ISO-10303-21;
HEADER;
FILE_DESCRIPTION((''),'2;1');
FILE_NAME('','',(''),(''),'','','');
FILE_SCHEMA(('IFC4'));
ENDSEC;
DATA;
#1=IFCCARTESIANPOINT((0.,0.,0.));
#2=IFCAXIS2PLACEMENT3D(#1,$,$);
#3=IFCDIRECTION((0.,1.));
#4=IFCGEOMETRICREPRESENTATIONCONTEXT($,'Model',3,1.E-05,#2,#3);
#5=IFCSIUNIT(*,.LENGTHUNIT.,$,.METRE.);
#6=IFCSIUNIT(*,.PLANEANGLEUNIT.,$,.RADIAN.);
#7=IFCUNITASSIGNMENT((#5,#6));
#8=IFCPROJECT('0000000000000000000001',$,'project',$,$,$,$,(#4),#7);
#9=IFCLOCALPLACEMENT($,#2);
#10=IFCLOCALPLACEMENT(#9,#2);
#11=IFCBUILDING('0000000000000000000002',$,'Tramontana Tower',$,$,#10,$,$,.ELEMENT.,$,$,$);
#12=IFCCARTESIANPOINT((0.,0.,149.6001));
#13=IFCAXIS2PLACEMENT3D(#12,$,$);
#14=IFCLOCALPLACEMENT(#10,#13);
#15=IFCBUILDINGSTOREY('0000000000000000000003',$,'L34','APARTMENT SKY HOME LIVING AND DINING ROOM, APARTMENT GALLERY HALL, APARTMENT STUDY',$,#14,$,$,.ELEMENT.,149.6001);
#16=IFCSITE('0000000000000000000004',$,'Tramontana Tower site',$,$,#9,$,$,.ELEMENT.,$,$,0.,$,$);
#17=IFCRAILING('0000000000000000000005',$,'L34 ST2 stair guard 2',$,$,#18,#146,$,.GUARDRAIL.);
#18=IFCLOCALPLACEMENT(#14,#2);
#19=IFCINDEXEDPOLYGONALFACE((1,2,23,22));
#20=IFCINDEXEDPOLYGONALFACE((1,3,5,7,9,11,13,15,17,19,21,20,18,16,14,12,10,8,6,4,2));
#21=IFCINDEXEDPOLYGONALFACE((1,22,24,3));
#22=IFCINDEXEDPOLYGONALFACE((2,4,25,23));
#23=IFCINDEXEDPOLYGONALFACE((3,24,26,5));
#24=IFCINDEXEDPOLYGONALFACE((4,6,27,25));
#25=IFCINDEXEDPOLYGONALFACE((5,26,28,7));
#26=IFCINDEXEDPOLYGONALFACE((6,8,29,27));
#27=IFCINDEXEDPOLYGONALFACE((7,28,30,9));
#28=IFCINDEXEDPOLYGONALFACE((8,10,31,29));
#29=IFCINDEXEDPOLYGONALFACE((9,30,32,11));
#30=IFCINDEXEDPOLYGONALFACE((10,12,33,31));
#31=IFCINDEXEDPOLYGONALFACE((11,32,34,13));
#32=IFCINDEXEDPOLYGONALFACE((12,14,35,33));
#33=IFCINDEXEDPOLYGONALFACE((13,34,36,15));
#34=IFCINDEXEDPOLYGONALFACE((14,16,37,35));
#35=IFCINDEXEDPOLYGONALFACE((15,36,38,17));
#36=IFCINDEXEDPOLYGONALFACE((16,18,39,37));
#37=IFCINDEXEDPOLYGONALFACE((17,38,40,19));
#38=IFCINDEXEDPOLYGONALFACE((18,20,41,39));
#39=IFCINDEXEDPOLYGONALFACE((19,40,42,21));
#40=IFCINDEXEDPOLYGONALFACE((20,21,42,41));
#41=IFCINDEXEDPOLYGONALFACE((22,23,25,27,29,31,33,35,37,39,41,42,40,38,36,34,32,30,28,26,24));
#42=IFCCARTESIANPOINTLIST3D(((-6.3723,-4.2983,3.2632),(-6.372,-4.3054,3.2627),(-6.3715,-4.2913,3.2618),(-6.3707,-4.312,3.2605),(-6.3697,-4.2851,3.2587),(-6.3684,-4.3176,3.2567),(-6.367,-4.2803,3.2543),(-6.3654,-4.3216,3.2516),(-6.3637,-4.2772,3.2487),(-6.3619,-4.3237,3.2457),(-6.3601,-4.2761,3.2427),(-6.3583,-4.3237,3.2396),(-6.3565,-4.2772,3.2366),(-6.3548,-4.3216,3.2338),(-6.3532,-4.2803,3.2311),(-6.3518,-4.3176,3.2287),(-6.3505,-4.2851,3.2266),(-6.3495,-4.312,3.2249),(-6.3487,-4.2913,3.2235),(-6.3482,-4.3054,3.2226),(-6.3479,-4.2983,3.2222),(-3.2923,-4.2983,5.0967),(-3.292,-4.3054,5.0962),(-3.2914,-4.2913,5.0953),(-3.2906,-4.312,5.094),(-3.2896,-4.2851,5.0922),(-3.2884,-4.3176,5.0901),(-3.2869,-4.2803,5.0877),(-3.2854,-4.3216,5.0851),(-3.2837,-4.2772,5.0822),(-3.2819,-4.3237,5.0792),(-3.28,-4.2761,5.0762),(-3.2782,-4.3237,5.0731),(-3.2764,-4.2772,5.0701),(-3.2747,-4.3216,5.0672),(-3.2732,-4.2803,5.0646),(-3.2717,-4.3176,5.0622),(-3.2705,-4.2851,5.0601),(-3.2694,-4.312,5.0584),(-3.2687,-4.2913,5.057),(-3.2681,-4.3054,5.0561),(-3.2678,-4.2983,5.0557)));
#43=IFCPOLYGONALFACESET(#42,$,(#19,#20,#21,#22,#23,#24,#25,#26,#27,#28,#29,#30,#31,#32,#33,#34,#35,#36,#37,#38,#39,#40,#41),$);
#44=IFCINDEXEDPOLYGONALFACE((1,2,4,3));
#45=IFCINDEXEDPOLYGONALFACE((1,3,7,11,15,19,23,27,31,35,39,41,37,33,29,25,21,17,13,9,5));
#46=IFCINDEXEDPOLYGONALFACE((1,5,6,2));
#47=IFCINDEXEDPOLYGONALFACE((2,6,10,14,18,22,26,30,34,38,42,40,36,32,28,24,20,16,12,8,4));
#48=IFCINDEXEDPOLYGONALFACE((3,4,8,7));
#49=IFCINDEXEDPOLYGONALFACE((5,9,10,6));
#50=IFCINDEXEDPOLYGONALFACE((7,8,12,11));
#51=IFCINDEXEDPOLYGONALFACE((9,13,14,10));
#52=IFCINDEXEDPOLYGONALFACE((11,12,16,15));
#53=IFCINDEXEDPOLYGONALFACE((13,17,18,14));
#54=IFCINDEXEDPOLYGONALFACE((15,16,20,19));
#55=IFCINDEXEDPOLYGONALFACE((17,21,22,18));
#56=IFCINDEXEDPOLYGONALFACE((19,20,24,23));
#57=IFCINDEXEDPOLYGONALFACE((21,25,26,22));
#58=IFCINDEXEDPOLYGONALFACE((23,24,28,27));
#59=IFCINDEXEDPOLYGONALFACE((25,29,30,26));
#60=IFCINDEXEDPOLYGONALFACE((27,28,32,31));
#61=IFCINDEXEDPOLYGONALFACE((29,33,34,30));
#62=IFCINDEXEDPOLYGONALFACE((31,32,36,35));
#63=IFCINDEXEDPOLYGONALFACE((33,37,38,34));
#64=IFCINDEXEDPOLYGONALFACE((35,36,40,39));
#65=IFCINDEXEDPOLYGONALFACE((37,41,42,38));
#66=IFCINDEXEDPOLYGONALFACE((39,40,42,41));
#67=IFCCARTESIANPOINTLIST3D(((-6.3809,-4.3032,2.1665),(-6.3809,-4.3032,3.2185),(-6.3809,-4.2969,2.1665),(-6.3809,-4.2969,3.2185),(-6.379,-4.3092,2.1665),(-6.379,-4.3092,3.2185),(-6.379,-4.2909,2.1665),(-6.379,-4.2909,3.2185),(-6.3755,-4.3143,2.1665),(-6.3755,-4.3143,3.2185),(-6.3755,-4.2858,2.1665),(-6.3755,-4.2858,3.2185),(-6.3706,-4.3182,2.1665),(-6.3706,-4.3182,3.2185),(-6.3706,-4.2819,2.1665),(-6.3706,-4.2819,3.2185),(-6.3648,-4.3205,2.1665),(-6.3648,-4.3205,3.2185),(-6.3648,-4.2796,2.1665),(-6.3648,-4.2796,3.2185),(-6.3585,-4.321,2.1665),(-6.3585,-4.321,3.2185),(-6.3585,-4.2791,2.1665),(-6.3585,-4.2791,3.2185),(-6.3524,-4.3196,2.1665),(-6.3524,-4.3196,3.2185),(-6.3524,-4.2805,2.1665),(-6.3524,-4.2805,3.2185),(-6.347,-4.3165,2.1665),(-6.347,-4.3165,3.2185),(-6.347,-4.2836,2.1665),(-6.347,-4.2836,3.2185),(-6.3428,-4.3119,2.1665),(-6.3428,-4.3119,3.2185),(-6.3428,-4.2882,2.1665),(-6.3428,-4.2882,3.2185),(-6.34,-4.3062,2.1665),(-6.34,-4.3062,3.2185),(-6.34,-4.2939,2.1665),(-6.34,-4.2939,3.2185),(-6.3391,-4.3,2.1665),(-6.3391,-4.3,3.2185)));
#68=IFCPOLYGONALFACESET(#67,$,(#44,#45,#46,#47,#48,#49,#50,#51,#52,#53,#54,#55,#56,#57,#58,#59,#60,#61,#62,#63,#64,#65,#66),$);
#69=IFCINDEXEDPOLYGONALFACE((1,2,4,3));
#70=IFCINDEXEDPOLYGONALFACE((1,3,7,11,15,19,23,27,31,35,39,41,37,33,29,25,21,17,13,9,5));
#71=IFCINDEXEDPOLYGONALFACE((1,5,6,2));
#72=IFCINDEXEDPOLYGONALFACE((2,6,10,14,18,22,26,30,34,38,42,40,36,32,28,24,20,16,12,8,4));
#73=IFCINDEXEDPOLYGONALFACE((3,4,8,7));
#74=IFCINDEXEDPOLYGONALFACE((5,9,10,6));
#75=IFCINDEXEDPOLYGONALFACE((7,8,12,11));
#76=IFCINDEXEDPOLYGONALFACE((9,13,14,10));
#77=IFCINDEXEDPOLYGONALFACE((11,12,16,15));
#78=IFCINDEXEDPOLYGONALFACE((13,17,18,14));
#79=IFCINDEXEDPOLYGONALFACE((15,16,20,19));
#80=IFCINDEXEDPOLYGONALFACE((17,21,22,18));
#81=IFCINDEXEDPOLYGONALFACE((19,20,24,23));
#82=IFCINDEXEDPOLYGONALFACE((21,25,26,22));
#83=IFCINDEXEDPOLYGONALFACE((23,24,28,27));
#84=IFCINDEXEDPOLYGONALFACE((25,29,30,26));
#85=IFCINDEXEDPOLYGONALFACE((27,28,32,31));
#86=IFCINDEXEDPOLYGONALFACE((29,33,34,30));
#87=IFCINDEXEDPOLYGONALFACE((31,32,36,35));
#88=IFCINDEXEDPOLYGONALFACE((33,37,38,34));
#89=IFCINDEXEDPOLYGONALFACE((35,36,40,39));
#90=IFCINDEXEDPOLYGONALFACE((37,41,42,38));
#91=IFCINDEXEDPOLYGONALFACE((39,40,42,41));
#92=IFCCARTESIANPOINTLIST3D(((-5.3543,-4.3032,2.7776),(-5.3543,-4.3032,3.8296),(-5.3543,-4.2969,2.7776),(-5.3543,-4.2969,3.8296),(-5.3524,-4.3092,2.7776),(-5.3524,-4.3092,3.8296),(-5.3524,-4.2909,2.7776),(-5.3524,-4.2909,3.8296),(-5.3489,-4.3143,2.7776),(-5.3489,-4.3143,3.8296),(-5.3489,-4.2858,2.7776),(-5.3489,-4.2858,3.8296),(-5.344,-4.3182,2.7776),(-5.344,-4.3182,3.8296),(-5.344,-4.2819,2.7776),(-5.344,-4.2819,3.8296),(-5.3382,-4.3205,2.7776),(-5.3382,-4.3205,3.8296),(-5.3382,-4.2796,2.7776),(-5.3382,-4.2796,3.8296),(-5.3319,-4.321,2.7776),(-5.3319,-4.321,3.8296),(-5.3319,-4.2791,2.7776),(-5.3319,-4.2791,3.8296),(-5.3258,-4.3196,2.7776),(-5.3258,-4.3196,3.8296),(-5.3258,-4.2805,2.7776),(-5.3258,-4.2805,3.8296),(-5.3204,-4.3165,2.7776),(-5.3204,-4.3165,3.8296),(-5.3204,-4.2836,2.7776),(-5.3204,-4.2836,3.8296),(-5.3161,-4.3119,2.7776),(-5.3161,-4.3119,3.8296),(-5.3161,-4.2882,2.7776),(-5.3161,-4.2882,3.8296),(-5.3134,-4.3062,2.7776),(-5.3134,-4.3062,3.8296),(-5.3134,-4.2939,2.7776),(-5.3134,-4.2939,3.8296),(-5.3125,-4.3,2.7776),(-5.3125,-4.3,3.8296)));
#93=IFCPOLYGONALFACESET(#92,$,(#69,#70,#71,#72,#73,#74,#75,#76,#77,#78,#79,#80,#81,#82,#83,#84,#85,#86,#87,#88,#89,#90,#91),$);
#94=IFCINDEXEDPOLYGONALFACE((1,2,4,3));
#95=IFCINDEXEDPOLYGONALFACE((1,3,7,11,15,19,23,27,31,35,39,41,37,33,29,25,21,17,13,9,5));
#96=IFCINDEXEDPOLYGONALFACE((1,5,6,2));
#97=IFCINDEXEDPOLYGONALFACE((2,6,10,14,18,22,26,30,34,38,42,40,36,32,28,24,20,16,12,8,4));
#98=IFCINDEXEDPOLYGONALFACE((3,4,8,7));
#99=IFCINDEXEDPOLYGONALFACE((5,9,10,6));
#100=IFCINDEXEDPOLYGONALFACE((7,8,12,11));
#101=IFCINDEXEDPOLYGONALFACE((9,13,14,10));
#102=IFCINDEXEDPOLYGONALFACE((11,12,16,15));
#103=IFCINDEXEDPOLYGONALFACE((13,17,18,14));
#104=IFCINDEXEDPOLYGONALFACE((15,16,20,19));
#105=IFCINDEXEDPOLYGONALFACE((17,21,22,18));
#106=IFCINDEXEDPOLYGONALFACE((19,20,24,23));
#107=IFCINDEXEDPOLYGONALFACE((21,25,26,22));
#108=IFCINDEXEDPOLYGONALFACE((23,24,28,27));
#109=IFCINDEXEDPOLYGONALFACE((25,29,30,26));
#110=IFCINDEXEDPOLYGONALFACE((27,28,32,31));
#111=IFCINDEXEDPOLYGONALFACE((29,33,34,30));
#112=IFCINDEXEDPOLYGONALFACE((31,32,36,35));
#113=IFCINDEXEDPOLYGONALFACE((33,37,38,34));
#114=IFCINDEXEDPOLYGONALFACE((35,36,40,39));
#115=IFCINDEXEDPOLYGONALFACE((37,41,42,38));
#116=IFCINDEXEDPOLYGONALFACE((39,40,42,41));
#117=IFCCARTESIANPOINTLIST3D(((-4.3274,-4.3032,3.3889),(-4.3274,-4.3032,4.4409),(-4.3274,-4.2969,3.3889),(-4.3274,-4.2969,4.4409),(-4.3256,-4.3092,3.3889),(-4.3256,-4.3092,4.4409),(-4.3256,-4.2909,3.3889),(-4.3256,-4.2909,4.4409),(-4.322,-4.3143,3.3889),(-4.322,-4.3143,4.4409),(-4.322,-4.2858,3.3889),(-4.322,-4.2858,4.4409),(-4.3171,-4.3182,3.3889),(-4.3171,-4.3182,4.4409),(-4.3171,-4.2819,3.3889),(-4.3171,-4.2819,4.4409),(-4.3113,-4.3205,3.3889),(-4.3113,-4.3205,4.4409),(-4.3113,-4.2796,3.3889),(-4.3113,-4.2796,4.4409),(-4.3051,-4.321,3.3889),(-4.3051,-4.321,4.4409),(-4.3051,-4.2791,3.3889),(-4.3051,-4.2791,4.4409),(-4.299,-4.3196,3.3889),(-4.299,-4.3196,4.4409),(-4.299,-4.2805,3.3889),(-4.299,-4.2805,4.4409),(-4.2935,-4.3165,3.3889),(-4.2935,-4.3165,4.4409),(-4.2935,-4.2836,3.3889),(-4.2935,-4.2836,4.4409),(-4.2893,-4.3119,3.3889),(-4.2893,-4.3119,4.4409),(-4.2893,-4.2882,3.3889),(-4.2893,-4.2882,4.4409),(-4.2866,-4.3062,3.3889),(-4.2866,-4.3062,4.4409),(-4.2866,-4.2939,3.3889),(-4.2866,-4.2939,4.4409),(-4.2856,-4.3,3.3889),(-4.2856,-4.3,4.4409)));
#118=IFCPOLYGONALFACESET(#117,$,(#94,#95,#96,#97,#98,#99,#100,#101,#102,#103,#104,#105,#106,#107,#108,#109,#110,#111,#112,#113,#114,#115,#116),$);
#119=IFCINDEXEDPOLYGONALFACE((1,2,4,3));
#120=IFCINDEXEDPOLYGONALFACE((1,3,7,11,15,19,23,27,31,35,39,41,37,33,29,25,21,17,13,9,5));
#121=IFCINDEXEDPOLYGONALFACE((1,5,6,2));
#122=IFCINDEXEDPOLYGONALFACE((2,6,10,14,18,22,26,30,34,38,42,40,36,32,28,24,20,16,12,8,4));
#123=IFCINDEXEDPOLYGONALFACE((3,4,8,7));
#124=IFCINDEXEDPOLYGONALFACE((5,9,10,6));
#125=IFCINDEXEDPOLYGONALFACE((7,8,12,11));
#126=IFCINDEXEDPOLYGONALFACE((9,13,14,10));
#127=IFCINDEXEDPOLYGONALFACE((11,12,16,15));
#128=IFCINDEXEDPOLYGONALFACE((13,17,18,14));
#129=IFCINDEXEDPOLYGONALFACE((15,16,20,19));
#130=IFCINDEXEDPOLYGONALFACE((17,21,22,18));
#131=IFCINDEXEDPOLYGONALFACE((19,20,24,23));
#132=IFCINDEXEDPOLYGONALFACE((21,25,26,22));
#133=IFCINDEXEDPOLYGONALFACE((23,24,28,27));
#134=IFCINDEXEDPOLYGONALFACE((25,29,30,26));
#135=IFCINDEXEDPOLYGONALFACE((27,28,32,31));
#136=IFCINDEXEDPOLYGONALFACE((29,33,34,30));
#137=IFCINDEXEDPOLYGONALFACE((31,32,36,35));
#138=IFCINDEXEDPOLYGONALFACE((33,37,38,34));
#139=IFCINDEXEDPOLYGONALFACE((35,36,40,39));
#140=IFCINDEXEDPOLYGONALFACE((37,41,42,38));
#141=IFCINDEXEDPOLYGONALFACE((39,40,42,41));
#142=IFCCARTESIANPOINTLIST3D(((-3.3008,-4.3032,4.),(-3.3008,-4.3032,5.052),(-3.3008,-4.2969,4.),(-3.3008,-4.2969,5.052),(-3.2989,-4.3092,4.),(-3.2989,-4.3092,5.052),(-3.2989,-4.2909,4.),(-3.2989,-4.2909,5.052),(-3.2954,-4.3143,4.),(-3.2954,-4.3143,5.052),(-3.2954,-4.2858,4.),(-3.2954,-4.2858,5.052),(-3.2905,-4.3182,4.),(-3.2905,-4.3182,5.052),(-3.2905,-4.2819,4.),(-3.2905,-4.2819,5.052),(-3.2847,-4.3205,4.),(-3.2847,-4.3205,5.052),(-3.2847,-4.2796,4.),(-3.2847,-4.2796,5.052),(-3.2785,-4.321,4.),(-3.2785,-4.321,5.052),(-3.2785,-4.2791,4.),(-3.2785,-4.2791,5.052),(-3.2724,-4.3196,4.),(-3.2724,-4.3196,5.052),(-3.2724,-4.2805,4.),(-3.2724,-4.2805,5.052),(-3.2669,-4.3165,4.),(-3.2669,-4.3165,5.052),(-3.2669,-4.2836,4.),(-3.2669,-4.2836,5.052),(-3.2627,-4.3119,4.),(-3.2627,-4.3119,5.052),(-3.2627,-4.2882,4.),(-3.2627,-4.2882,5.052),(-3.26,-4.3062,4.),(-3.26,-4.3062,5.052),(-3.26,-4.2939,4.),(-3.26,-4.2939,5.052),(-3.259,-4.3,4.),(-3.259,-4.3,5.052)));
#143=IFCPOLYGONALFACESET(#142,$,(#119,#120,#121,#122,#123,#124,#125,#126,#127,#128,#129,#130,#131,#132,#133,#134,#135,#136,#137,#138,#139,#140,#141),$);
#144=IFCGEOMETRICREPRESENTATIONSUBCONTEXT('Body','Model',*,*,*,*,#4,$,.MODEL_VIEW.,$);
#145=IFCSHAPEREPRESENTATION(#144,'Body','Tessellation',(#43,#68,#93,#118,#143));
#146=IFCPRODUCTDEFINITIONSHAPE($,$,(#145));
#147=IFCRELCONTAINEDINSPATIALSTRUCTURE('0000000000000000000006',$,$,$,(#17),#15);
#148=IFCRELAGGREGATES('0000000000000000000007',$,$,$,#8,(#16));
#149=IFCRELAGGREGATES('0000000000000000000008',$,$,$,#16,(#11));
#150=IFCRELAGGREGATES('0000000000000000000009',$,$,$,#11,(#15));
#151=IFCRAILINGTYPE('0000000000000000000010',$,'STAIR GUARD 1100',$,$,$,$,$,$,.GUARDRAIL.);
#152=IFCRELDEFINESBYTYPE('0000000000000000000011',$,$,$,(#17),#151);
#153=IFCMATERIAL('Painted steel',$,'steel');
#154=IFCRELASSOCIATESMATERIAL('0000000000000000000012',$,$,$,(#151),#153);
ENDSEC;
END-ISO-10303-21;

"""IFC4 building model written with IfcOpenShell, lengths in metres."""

from ifc_helpers import new_model, si_unit, direction, frame, origin, origin_2d, place, context, subcontext, project, spatial, circle, extrude, material, type_object, element, save


model = new_model("IFC4")

# Units and contexts
model_context = context("Model", 3, precision=1e-05, world=origin(), true_north=direction((0.0, 1.0)))
body_context = subcontext(model_context, "Body", "Model", "MODEL_VIEW")
ifc_project = project(units=[si_unit("LENGTHUNIT", "METRE"), si_unit("PLANEANGLEUNIT", "RADIAN")], contexts=[model_context])

# Site, building, storey
site_placement = place(None, origin())
site = spatial("IfcSite", under=ifc_project, at=site_placement, Name="Tramontana Tower site", CompositionType="ELEMENT", RefElevation=0.0)
building_placement = place(site_placement, origin())
building = spatial("IfcBuilding", under=site, at=building_placement, Name="Tramontana Tower", CompositionType="ELEMENT")
storey_placement = place(building_placement, frame((0.0, 0.0, 149.6001)))
storey = spatial("IfcBuildingStorey", under=building, at=storey_placement, Name="L34", Description="APARTMENT SKY HOME LIVING AND DINING ROOM, APARTMENT GALLERY HALL, APARTMENT STUDY", CompositionType="ELEMENT", Elevation=149.6001)

# Railing
ifc_material_1 = material(Name="Painted steel", Category="steel")
railing_type_1 = type_object("IfcRailingType", Name="STAIR GUARD 1100", PredefinedType="GUARDRAIL", material=ifc_material_1)
railing_1_placement = place(storey_placement, frame((-6.3601, -4.3, 2.1665)))
element("IfcRailing", 1, at=railing_1_placement, inside=storey, type_object=railing_type_1, Name="L34 ST2 stair guard 2", PredefinedType="GUARDRAIL", context=body_context, shape_type="SweptSolid", body=[
    extrude(circle(Radius=0.0239, at=origin_2d()), frame((0.0, 0.0, 1.0762), z_axis=(0.859279, 0.0, 0.511508), x_axis=(0.0, 1.0, 0.0)), (0.0, 0.0, 1.0), 3.5845),
    extrude(circle(Radius=0.021, at=origin_2d()), origin(), (0.0, 0.0, 1.0), 1.052),
    extrude(circle(Radius=0.021, at=origin_2d()), frame((1.0266, 0.0, 0.6111)), (0.0, 0.0, 1.0), 1.052),
    extrude(circle(Radius=0.021, at=origin_2d()), frame((2.0535, 0.0, 1.2224)), (0.0, 0.0, 1.0), 1.052),
    extrude(circle(Radius=0.021, at=origin_2d()), frame((3.0801, 0.0, 1.8335)), (0.0, 0.0, 1.0), 1.052),
])

save(model, "model.ifc")
